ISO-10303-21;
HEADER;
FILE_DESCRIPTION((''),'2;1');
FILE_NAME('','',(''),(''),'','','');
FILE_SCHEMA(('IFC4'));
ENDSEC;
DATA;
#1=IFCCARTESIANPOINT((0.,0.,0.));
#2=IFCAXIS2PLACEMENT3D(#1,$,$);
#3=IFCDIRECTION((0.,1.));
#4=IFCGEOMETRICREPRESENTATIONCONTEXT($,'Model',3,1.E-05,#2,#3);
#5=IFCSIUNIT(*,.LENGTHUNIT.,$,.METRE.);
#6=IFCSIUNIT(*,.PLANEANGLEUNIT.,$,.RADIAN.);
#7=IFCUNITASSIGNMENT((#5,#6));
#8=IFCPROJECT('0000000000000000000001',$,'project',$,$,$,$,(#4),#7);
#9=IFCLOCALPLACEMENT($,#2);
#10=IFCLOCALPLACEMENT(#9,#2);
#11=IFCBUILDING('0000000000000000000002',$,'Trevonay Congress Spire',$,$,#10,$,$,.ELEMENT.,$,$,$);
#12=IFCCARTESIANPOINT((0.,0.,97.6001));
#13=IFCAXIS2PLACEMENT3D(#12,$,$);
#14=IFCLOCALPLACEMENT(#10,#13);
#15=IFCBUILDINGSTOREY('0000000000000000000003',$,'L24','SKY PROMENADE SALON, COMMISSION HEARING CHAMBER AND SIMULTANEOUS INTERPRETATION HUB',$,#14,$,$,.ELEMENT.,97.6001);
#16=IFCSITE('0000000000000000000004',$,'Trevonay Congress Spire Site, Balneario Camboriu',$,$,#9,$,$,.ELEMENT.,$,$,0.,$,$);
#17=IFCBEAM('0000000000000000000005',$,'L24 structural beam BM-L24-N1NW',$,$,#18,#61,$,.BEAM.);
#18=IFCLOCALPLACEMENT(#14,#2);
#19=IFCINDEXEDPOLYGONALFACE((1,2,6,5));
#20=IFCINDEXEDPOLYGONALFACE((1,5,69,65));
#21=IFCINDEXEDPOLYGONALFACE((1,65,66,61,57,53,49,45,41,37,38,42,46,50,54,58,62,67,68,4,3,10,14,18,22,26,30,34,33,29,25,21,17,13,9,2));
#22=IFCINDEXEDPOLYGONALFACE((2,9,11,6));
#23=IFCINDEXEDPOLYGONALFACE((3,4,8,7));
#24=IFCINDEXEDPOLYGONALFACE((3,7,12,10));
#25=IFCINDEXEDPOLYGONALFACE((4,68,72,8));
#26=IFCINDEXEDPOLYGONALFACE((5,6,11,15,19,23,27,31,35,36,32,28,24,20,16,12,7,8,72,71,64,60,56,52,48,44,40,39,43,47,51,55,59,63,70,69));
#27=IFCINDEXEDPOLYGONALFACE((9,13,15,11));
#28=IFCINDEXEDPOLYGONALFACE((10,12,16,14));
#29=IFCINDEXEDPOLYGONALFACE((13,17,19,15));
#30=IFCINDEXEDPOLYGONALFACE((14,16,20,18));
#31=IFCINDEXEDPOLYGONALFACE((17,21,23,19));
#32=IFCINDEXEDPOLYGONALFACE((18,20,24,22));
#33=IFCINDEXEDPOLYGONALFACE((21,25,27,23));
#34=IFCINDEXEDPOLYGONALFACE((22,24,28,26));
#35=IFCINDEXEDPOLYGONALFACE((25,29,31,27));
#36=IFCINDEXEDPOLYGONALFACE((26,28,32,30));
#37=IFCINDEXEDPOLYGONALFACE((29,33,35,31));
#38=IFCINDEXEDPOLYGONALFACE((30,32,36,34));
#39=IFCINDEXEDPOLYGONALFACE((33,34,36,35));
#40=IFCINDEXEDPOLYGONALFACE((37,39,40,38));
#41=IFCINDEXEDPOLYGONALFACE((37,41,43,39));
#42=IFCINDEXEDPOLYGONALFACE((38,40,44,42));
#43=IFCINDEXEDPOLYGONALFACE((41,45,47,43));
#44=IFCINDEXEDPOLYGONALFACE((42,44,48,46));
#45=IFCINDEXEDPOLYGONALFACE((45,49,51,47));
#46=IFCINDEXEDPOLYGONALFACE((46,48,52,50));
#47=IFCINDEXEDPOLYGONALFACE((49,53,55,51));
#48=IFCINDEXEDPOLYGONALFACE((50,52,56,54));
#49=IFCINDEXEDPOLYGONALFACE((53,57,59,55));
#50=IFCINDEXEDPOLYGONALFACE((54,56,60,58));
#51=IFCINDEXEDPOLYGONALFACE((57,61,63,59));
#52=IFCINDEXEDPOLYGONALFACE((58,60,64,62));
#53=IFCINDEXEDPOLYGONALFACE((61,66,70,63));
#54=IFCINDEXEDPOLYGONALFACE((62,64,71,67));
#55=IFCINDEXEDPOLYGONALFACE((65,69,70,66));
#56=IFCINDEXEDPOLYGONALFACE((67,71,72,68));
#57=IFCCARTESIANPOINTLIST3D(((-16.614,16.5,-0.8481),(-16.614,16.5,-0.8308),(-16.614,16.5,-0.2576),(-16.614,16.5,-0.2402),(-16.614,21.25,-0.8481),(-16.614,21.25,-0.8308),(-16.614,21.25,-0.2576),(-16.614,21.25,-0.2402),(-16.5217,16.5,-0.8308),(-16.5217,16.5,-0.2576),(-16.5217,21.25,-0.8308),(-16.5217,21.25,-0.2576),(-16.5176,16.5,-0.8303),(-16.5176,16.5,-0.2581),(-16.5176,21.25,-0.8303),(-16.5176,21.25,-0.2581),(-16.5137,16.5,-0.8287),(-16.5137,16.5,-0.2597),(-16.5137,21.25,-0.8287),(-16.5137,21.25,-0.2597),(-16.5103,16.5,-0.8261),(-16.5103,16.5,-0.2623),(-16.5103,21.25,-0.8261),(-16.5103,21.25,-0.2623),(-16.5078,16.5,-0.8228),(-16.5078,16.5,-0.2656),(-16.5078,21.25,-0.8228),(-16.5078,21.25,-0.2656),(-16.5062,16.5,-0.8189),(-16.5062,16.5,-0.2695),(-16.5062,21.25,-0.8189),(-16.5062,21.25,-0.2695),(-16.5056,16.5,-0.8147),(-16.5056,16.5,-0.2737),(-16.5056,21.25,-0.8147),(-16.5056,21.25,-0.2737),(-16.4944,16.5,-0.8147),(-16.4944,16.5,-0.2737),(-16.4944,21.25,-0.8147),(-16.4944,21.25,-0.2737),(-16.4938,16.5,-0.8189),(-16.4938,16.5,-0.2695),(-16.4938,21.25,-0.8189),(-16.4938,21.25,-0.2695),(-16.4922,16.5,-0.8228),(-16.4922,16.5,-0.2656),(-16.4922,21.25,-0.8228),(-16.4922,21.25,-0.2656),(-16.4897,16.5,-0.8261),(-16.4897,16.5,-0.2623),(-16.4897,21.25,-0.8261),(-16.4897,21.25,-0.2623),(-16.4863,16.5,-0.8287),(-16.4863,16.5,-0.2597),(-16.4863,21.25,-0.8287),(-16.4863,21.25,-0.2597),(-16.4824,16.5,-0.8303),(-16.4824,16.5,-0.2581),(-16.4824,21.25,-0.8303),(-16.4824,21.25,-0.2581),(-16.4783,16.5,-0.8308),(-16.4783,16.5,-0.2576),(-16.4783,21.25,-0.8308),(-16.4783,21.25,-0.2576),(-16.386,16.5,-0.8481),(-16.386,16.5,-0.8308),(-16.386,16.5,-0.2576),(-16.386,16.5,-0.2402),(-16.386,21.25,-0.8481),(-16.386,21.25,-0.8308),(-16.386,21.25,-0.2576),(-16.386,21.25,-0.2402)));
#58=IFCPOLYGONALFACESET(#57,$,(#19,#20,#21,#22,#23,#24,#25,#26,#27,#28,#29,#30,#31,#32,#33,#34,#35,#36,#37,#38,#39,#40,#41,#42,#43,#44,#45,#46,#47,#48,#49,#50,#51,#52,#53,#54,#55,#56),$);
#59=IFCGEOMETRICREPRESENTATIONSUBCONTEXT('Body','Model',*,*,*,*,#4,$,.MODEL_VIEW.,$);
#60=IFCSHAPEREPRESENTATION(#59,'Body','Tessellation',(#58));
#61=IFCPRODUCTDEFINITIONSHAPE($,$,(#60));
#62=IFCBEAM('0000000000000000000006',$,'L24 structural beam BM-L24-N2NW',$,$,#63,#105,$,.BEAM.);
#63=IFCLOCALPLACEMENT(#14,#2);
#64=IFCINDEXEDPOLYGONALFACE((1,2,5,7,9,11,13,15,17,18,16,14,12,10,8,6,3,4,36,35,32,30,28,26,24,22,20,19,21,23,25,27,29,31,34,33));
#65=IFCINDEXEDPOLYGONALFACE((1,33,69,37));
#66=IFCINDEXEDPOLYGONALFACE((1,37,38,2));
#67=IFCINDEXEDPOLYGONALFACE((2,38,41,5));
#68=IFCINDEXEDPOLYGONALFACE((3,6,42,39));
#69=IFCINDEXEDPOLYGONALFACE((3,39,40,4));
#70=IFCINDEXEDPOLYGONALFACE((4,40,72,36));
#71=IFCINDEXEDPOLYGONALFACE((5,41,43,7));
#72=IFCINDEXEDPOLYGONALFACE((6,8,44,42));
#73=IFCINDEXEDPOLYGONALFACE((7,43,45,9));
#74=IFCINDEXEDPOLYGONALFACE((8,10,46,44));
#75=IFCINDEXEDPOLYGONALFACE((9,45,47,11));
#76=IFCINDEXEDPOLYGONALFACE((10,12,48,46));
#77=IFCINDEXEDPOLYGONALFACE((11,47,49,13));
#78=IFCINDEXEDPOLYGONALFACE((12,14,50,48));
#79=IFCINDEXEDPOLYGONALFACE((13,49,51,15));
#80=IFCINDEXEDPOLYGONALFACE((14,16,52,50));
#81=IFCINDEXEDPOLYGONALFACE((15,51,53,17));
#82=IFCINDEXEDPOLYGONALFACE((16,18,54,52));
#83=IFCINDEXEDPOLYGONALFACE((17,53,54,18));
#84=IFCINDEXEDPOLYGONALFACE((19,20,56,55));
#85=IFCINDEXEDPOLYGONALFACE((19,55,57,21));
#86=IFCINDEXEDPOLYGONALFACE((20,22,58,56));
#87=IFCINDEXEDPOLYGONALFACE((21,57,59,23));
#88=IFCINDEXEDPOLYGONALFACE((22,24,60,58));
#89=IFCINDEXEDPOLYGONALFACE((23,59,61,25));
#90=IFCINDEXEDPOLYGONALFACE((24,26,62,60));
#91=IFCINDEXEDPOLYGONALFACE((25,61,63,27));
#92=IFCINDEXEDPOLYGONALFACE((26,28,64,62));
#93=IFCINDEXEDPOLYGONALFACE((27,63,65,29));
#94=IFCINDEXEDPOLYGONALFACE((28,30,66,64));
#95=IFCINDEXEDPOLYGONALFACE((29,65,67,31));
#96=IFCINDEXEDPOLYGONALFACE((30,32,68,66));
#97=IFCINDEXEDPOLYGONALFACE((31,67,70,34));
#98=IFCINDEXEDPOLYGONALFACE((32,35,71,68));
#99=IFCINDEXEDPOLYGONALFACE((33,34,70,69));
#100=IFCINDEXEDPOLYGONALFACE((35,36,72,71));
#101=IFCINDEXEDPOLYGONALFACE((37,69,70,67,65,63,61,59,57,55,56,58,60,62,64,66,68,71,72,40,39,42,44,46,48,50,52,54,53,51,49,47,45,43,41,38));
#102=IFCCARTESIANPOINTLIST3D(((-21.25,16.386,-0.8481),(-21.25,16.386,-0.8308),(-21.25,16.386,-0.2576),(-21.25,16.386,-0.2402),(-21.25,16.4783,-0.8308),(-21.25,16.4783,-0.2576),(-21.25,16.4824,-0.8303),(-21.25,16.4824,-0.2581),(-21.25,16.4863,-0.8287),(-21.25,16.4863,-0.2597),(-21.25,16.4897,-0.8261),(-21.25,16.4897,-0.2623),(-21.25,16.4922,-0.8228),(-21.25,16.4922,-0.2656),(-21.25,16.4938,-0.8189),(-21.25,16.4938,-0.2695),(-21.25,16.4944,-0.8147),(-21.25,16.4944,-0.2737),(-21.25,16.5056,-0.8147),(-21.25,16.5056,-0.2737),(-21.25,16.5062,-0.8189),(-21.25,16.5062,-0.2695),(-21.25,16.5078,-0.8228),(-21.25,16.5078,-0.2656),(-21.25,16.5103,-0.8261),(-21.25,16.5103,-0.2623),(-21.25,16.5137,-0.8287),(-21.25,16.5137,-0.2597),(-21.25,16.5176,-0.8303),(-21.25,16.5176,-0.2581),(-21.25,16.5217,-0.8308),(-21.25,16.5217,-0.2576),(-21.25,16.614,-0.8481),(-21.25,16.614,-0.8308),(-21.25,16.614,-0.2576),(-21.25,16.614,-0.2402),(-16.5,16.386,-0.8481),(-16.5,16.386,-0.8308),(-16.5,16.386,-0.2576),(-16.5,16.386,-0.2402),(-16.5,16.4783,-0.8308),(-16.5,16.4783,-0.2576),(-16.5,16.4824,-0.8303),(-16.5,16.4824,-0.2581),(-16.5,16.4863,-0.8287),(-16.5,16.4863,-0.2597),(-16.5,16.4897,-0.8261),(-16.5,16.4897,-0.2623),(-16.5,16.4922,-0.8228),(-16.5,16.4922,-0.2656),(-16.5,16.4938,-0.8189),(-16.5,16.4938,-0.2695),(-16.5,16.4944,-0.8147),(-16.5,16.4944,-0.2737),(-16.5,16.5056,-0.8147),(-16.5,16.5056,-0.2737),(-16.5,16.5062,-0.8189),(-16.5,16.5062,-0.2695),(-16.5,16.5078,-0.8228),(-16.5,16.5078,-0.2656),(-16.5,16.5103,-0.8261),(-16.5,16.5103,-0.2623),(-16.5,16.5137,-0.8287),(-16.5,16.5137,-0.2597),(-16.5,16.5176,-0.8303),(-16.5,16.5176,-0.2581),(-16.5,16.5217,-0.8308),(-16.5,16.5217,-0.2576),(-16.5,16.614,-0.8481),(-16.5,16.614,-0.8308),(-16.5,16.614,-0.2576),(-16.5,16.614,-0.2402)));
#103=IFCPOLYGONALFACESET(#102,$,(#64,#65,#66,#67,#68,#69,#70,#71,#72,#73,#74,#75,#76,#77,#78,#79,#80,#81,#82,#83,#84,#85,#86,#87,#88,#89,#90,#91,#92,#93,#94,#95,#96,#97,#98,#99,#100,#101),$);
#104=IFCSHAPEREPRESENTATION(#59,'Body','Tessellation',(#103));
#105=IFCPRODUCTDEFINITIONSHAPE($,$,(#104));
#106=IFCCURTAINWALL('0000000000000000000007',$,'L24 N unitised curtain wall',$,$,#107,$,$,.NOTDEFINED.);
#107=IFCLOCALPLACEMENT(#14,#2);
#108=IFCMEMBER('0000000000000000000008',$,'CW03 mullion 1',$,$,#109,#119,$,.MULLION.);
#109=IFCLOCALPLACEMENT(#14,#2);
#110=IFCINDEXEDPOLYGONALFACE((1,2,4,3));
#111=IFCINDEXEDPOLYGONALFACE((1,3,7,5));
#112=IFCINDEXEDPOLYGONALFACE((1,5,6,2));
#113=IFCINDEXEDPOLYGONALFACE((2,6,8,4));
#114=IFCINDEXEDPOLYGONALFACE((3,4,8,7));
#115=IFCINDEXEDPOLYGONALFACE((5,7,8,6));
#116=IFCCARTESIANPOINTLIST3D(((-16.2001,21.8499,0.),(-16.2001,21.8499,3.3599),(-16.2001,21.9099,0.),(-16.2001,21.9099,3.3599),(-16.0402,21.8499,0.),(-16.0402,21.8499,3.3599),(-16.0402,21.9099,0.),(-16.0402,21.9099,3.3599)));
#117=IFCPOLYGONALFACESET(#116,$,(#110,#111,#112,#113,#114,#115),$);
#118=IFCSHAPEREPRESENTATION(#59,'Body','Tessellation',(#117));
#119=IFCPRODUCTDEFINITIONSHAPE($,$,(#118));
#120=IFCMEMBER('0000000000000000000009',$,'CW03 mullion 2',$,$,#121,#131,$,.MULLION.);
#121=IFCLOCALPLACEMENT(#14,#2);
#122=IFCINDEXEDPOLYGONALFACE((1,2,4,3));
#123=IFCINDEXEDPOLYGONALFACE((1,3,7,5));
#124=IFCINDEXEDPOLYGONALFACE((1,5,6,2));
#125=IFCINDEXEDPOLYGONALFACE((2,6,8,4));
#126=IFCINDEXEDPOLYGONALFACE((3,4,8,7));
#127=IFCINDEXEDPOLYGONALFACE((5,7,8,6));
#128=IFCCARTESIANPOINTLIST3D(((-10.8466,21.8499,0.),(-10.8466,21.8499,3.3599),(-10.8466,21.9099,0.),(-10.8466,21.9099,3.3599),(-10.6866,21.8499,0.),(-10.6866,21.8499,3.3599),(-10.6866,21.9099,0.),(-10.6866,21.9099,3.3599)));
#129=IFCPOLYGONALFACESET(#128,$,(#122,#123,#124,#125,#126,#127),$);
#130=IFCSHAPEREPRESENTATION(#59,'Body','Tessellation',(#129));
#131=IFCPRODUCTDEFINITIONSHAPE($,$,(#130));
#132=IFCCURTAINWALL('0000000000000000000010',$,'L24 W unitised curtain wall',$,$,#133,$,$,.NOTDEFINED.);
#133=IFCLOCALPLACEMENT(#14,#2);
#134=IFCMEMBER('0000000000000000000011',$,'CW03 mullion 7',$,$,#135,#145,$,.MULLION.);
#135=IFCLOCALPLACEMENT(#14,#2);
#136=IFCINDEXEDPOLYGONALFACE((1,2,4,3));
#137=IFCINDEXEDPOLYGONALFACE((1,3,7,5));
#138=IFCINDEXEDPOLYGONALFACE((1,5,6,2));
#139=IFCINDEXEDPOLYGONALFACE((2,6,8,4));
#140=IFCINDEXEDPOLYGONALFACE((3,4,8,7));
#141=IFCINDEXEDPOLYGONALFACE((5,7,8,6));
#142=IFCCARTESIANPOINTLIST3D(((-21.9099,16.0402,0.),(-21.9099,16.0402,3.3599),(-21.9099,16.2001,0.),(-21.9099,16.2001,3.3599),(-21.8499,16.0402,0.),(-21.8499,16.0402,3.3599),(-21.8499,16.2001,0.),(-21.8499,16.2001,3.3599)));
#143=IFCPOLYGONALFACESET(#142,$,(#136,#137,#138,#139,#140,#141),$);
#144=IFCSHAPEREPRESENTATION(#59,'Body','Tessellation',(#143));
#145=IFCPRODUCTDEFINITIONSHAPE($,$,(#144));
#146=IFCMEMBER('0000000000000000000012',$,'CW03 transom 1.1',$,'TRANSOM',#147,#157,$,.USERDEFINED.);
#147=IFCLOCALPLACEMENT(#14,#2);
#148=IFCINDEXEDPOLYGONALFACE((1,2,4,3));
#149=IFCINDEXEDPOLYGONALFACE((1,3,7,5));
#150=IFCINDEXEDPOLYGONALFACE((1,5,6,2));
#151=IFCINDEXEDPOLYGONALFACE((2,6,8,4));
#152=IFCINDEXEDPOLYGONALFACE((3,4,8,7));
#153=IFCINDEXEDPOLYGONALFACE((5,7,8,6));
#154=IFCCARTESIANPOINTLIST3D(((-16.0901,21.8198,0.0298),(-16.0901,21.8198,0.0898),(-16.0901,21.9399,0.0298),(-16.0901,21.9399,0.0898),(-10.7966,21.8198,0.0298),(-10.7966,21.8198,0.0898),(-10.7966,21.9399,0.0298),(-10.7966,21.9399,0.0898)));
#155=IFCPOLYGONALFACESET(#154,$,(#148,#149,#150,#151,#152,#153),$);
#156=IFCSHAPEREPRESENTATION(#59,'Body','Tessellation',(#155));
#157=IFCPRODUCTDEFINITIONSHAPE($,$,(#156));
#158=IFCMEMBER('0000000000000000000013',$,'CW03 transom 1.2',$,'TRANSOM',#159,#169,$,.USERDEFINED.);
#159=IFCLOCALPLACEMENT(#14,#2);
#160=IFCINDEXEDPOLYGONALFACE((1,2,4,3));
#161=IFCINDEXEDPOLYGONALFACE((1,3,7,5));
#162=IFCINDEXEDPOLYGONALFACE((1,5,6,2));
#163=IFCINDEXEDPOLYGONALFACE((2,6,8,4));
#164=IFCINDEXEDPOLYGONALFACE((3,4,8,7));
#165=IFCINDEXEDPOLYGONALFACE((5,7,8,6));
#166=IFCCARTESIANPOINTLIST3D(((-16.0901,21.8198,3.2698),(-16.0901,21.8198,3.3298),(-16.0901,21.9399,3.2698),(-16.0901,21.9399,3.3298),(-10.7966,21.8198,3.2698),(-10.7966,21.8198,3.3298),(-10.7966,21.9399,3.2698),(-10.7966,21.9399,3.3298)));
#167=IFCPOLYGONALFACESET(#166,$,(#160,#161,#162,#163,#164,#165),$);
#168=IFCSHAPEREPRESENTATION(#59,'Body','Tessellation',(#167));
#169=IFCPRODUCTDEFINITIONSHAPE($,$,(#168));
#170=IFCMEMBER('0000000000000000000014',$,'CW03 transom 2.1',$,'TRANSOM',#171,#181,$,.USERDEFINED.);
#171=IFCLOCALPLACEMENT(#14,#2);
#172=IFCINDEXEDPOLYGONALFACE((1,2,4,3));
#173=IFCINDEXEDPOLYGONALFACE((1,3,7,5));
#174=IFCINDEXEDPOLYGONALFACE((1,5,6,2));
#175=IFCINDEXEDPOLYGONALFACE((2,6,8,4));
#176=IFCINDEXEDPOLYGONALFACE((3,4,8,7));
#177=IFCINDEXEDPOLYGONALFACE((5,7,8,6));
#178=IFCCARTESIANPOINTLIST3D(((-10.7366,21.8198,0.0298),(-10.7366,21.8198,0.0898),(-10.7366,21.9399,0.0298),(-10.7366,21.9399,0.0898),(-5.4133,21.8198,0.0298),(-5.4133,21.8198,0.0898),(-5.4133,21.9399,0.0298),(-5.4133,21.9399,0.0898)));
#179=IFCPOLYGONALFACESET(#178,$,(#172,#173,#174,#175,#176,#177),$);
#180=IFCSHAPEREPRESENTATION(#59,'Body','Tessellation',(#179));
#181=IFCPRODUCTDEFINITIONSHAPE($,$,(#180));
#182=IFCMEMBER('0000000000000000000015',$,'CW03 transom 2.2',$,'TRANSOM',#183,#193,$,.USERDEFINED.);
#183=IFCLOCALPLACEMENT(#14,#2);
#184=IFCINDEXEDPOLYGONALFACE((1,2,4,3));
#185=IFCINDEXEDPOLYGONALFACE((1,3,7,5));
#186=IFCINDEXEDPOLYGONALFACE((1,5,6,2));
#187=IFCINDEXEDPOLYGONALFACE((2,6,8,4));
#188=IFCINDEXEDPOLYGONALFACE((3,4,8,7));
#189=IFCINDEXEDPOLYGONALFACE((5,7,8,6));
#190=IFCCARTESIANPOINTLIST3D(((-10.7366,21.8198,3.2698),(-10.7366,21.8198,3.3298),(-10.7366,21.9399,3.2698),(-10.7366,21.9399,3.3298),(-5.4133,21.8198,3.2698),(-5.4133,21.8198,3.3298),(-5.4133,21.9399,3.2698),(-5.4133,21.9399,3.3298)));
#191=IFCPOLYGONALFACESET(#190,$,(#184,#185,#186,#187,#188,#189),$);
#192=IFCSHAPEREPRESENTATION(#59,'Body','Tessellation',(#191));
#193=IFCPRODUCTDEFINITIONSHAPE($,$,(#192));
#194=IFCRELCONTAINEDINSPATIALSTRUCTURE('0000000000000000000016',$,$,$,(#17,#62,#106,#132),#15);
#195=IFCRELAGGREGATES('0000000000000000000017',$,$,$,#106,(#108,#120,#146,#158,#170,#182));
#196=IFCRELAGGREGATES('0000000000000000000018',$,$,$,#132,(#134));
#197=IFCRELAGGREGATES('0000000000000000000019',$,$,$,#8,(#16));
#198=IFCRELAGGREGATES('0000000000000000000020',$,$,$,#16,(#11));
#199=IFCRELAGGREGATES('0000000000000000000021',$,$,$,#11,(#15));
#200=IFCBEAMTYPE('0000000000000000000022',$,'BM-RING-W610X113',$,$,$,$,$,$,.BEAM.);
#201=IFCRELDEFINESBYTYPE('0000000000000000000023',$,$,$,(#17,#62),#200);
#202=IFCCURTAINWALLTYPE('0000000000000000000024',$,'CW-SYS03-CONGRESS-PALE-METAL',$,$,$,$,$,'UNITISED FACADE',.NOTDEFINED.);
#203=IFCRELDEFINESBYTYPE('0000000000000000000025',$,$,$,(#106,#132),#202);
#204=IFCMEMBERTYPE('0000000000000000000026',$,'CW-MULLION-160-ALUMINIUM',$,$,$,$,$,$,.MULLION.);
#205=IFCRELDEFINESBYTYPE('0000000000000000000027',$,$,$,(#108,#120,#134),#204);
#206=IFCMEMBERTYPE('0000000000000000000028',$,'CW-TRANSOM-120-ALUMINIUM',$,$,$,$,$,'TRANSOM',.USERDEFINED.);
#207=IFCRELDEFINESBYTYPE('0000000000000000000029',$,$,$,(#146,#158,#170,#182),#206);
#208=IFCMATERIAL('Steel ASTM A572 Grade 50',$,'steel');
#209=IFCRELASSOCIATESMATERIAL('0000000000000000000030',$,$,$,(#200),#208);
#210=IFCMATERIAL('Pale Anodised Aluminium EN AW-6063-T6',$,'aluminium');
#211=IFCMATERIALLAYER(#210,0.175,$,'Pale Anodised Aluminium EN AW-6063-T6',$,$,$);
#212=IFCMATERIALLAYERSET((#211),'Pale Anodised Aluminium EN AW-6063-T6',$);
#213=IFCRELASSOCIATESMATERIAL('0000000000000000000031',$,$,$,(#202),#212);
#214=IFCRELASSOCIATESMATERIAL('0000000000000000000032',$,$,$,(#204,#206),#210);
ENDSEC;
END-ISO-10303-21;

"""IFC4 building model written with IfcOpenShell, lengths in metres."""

from ifc_helpers import new_model, si_unit, direction, frame, origin, origin_2d, place, context, subcontext, project, spatial, rectangle, i_section, extrude, material, layer, layer_set, material_profile, profile_set, type_object, element, aggregate, save


model = new_model("IFC4")

# Units and contexts
model_context = context("Model", 3, precision=1e-05, world=origin(), true_north=direction((0.0, 1.0)))
body_context = subcontext(model_context, "Body", "Model", "MODEL_VIEW")
ifc_project = project(units=[si_unit("LENGTHUNIT", "METRE"), si_unit("PLANEANGLEUNIT", "RADIAN")], contexts=[model_context])

# Site, building, storey
site_placement = place(None, origin())
site = spatial("IfcSite", under=ifc_project, at=site_placement, Name="Trevonay Congress Spire Site, Balneario Camboriu", CompositionType="ELEMENT", RefElevation=0.0)
building_placement = place(site_placement, origin())
building = spatial("IfcBuilding", under=site, at=building_placement, Name="Trevonay Congress Spire", CompositionType="ELEMENT")
storey_placement = place(building_placement, frame((0.0, 0.0, 97.6001)))
storey = spatial("IfcBuildingStorey", under=building, at=storey_placement, Name="L24", Description="SKY PROMENADE SALON, COMMISSION HEARING CHAMBER AND SIMULTANEOUS INTERPRETATION HUB", CompositionType="ELEMENT", Elevation=97.6001)

# Shared definitions
ifc_material_1 = material(Name="Steel ASTM A572 Grade 50", Category="steel")

# Beams
ifc_material_profile_1 = material_profile(ifc_material_1, i_section(OverallWidth=0.228, OverallDepth=0.6079, WebThickness=0.0112, FlangeThickness=0.0173, FilletRadius=0.0161, at=origin_2d()), Name="W610x113")
ifc_profile_set_1 = profile_set([ifc_material_profile_1], Name="Steel ASTM A572 Grade 50")
beam_type = type_object("IfcBeamType", Name="BM-RING-W610X113", PredefinedType="BEAM", material=ifc_profile_set_1)
for number, where, z_axis, x_axis, name in (
    (1, (-16.5, 21.25, -0.5442), (0.0, -1.0, 0.0), (1.0, 0.0, 0.0), "L24 structural beam BM-L24-N1NW"),
    (2, (-21.25, 16.5, -0.5442), (1.0, 0.0, 0.0), (0.0, 1.0, 0.0), "L24 structural beam BM-L24-N2NW"),
):
    element("IfcBeam", number, at=place(storey_placement, frame(where, z_axis=z_axis, x_axis=x_axis)), inside=storey, type_object=beam_type, Name=name, PredefinedType="BEAM", context=body_context, shape_type="SweptSolid", body=[
        extrude(i_section(OverallWidth=0.228, OverallDepth=0.6079, WebThickness=0.0112, FlangeThickness=0.0173, FilletRadius=0.0161, at=origin_2d()), origin(), (0.0, 0.0, 1.0), 4.75),
    ])

# Curtain wall, members
ifc_material_2 = material(Name="Pale Anodised Aluminium EN AW-6063-T6", Category="aluminium")
ifc_layer_1 = layer(ifc_material_2, 0.175, Name="Pale Anodised Aluminium EN AW-6063-T6")
ifc_layer_set_1 = layer_set([ifc_layer_1], Name="Pale Anodised Aluminium EN AW-6063-T6")
curtain_wall_type = type_object("IfcCurtainWallType", Name="CW-SYS03-CONGRESS-PALE-METAL", ElementType="UNITISED FACADE", PredefinedType="NOTDEFINED", material=ifc_layer_set_1)
curtain_wall_1_placement = place(storey_placement, origin())
curtain_wall_1 = element("IfcCurtainWall", 3, at=curtain_wall_1_placement, inside=storey, type_object=curtain_wall_type, Name="L24 N unitised curtain wall", PredefinedType="NOTDEFINED")
ifc_material_profile_2 = material_profile(ifc_material_2, rectangle(XDim=0.0601, YDim=0.1599, at=origin_2d()), Name="CW-MULLION-160-ALUMINIUM")
ifc_profile_set_2 = profile_set([ifc_material_profile_2], Name="Pale Anodised Aluminium EN AW-6063-T6")
member_type_1 = type_object("IfcMemberType", Name="CW-MULLION-160-ALUMINIUM", PredefinedType="MULLION", material=ifc_profile_set_2)
member_1_placement = place(storey_placement, frame((-16.1201, 21.8799, 0.0), z_axis=(0.0, 0.0, 1.0), x_axis=(0.0, 1.0, 0.0)))
member_1 = element("IfcMember", 4, at=member_1_placement, type_object=member_type_1, Name="CW03 mullion 1", PredefinedType="MULLION", context=body_context, shape_type="SweptSolid", body=[
    extrude(rectangle(XDim=0.0601, YDim=0.1599, at=origin_2d()), origin(), (0.0, 0.0, 1.0), 3.3599),
])
member_2_placement = place(storey_placement, frame((-10.7666, 21.8799, 0.0), z_axis=(0.0, 0.0, 1.0), x_axis=(0.0, 1.0, 0.0)))
member_2 = element("IfcMember", 5, at=member_2_placement, type_object=member_type_1, Name="CW03 mullion 2", PredefinedType="MULLION", context=body_context, shape_type="SweptSolid", body=[
    extrude(rectangle(XDim=0.0601, YDim=0.1599, at=origin_2d()), origin(), (0.0, 0.0, 1.0), 3.3599),
])

# Curtain wall, member
curtain_wall_2_placement = place(storey_placement, origin())
curtain_wall_2 = element("IfcCurtainWall", 6, at=curtain_wall_2_placement, inside=storey, type_object=curtain_wall_type, Name="L24 W unitised curtain wall", PredefinedType="NOTDEFINED")
member_3_placement = place(storey_placement, frame((-21.8799, 16.1201, 0.0), z_axis=(0.0, 0.0, 1.0), x_axis=(-1.0, 0.0, 0.0)))
member_3 = element("IfcMember", 7, at=member_3_placement, type_object=member_type_1, Name="CW03 mullion 7", PredefinedType="MULLION", context=body_context, shape_type="SweptSolid", body=[
    extrude(rectangle(XDim=0.0601, YDim=0.1599, at=origin_2d()), origin(), (0.0, 0.0, 1.0), 3.3599),
])

# Members
ifc_material_profile_3 = material_profile(ifc_material_2, rectangle(XDim=0.1201, YDim=0.0601, at=origin_2d()), Name="CW-TRANSOM-120-ALUMINIUM")
ifc_profile_set_3 = profile_set([ifc_material_profile_3], Name="Pale Anodised Aluminium EN AW-6063-T6")
member_type_2 = type_object("IfcMemberType", Name="CW-TRANSOM-120-ALUMINIUM", ElementType="TRANSOM", PredefinedType="USERDEFINED", material=ifc_profile_set_3)
member_4_placement = place(storey_placement, frame((-16.0901, 21.8799, 0.0598), z_axis=(1.0, 0.0, 0.0), x_axis=(0.0, 1.0, 0.0)))
member_4 = element("IfcMember", 8, at=member_4_placement, type_object=member_type_2, Name="CW03 transom 1.1", ObjectType="TRANSOM", PredefinedType="USERDEFINED", context=body_context, shape_type="SweptSolid", body=[
    extrude(rectangle(XDim=0.1201, YDim=0.0601, at=origin_2d()), origin(), (0.0, 0.0, 1.0), 5.2935),
])
member_5_placement = place(storey_placement, frame((-16.0901, 21.8799, 3.2998), z_axis=(1.0, 0.0, 0.0), x_axis=(0.0, 1.0, 0.0)))
member_5 = element("IfcMember", 9, at=member_5_placement, type_object=member_type_2, Name="CW03 transom 1.2", ObjectType="TRANSOM", PredefinedType="USERDEFINED", context=body_context, shape_type="SweptSolid", body=[
    extrude(rectangle(XDim=0.1201, YDim=0.0601, at=origin_2d()), origin(), (0.0, 0.0, 1.0), 5.2935),
])
member_6_placement = place(storey_placement, frame((-10.7366, 21.8799, 0.0598), z_axis=(1.0, 0.0, 0.0), x_axis=(0.0, 1.0, 0.0)))
member_6 = element("IfcMember", 10, at=member_6_placement, type_object=member_type_2, Name="CW03 transom 2.1", ObjectType="TRANSOM", PredefinedType="USERDEFINED", context=body_context, shape_type="SweptSolid", body=[
    extrude(rectangle(XDim=0.1201, YDim=0.0601, at=origin_2d()), origin(), (0.0, 0.0, 1.0), 5.3232),
])
member_7_placement = place(storey_placement, frame((-10.7366, 21.8799, 3.2998), z_axis=(1.0, 0.0, 0.0), x_axis=(0.0, 1.0, 0.0)))
member_7 = element("IfcMember", 11, at=member_7_placement, type_object=member_type_2, Name="CW03 transom 2.2", ObjectType="TRANSOM", PredefinedType="USERDEFINED", context=body_context, shape_type="SweptSolid", body=[
    extrude(rectangle(XDim=0.1201, YDim=0.0601, at=origin_2d()), origin(), (0.0, 0.0, 1.0), 5.3232),
])

aggregate(curtain_wall_1, [member_1, member_2, member_4, member_5, member_6, member_7])
aggregate(curtain_wall_2, [member_3])

save(model, "model.ifc")
